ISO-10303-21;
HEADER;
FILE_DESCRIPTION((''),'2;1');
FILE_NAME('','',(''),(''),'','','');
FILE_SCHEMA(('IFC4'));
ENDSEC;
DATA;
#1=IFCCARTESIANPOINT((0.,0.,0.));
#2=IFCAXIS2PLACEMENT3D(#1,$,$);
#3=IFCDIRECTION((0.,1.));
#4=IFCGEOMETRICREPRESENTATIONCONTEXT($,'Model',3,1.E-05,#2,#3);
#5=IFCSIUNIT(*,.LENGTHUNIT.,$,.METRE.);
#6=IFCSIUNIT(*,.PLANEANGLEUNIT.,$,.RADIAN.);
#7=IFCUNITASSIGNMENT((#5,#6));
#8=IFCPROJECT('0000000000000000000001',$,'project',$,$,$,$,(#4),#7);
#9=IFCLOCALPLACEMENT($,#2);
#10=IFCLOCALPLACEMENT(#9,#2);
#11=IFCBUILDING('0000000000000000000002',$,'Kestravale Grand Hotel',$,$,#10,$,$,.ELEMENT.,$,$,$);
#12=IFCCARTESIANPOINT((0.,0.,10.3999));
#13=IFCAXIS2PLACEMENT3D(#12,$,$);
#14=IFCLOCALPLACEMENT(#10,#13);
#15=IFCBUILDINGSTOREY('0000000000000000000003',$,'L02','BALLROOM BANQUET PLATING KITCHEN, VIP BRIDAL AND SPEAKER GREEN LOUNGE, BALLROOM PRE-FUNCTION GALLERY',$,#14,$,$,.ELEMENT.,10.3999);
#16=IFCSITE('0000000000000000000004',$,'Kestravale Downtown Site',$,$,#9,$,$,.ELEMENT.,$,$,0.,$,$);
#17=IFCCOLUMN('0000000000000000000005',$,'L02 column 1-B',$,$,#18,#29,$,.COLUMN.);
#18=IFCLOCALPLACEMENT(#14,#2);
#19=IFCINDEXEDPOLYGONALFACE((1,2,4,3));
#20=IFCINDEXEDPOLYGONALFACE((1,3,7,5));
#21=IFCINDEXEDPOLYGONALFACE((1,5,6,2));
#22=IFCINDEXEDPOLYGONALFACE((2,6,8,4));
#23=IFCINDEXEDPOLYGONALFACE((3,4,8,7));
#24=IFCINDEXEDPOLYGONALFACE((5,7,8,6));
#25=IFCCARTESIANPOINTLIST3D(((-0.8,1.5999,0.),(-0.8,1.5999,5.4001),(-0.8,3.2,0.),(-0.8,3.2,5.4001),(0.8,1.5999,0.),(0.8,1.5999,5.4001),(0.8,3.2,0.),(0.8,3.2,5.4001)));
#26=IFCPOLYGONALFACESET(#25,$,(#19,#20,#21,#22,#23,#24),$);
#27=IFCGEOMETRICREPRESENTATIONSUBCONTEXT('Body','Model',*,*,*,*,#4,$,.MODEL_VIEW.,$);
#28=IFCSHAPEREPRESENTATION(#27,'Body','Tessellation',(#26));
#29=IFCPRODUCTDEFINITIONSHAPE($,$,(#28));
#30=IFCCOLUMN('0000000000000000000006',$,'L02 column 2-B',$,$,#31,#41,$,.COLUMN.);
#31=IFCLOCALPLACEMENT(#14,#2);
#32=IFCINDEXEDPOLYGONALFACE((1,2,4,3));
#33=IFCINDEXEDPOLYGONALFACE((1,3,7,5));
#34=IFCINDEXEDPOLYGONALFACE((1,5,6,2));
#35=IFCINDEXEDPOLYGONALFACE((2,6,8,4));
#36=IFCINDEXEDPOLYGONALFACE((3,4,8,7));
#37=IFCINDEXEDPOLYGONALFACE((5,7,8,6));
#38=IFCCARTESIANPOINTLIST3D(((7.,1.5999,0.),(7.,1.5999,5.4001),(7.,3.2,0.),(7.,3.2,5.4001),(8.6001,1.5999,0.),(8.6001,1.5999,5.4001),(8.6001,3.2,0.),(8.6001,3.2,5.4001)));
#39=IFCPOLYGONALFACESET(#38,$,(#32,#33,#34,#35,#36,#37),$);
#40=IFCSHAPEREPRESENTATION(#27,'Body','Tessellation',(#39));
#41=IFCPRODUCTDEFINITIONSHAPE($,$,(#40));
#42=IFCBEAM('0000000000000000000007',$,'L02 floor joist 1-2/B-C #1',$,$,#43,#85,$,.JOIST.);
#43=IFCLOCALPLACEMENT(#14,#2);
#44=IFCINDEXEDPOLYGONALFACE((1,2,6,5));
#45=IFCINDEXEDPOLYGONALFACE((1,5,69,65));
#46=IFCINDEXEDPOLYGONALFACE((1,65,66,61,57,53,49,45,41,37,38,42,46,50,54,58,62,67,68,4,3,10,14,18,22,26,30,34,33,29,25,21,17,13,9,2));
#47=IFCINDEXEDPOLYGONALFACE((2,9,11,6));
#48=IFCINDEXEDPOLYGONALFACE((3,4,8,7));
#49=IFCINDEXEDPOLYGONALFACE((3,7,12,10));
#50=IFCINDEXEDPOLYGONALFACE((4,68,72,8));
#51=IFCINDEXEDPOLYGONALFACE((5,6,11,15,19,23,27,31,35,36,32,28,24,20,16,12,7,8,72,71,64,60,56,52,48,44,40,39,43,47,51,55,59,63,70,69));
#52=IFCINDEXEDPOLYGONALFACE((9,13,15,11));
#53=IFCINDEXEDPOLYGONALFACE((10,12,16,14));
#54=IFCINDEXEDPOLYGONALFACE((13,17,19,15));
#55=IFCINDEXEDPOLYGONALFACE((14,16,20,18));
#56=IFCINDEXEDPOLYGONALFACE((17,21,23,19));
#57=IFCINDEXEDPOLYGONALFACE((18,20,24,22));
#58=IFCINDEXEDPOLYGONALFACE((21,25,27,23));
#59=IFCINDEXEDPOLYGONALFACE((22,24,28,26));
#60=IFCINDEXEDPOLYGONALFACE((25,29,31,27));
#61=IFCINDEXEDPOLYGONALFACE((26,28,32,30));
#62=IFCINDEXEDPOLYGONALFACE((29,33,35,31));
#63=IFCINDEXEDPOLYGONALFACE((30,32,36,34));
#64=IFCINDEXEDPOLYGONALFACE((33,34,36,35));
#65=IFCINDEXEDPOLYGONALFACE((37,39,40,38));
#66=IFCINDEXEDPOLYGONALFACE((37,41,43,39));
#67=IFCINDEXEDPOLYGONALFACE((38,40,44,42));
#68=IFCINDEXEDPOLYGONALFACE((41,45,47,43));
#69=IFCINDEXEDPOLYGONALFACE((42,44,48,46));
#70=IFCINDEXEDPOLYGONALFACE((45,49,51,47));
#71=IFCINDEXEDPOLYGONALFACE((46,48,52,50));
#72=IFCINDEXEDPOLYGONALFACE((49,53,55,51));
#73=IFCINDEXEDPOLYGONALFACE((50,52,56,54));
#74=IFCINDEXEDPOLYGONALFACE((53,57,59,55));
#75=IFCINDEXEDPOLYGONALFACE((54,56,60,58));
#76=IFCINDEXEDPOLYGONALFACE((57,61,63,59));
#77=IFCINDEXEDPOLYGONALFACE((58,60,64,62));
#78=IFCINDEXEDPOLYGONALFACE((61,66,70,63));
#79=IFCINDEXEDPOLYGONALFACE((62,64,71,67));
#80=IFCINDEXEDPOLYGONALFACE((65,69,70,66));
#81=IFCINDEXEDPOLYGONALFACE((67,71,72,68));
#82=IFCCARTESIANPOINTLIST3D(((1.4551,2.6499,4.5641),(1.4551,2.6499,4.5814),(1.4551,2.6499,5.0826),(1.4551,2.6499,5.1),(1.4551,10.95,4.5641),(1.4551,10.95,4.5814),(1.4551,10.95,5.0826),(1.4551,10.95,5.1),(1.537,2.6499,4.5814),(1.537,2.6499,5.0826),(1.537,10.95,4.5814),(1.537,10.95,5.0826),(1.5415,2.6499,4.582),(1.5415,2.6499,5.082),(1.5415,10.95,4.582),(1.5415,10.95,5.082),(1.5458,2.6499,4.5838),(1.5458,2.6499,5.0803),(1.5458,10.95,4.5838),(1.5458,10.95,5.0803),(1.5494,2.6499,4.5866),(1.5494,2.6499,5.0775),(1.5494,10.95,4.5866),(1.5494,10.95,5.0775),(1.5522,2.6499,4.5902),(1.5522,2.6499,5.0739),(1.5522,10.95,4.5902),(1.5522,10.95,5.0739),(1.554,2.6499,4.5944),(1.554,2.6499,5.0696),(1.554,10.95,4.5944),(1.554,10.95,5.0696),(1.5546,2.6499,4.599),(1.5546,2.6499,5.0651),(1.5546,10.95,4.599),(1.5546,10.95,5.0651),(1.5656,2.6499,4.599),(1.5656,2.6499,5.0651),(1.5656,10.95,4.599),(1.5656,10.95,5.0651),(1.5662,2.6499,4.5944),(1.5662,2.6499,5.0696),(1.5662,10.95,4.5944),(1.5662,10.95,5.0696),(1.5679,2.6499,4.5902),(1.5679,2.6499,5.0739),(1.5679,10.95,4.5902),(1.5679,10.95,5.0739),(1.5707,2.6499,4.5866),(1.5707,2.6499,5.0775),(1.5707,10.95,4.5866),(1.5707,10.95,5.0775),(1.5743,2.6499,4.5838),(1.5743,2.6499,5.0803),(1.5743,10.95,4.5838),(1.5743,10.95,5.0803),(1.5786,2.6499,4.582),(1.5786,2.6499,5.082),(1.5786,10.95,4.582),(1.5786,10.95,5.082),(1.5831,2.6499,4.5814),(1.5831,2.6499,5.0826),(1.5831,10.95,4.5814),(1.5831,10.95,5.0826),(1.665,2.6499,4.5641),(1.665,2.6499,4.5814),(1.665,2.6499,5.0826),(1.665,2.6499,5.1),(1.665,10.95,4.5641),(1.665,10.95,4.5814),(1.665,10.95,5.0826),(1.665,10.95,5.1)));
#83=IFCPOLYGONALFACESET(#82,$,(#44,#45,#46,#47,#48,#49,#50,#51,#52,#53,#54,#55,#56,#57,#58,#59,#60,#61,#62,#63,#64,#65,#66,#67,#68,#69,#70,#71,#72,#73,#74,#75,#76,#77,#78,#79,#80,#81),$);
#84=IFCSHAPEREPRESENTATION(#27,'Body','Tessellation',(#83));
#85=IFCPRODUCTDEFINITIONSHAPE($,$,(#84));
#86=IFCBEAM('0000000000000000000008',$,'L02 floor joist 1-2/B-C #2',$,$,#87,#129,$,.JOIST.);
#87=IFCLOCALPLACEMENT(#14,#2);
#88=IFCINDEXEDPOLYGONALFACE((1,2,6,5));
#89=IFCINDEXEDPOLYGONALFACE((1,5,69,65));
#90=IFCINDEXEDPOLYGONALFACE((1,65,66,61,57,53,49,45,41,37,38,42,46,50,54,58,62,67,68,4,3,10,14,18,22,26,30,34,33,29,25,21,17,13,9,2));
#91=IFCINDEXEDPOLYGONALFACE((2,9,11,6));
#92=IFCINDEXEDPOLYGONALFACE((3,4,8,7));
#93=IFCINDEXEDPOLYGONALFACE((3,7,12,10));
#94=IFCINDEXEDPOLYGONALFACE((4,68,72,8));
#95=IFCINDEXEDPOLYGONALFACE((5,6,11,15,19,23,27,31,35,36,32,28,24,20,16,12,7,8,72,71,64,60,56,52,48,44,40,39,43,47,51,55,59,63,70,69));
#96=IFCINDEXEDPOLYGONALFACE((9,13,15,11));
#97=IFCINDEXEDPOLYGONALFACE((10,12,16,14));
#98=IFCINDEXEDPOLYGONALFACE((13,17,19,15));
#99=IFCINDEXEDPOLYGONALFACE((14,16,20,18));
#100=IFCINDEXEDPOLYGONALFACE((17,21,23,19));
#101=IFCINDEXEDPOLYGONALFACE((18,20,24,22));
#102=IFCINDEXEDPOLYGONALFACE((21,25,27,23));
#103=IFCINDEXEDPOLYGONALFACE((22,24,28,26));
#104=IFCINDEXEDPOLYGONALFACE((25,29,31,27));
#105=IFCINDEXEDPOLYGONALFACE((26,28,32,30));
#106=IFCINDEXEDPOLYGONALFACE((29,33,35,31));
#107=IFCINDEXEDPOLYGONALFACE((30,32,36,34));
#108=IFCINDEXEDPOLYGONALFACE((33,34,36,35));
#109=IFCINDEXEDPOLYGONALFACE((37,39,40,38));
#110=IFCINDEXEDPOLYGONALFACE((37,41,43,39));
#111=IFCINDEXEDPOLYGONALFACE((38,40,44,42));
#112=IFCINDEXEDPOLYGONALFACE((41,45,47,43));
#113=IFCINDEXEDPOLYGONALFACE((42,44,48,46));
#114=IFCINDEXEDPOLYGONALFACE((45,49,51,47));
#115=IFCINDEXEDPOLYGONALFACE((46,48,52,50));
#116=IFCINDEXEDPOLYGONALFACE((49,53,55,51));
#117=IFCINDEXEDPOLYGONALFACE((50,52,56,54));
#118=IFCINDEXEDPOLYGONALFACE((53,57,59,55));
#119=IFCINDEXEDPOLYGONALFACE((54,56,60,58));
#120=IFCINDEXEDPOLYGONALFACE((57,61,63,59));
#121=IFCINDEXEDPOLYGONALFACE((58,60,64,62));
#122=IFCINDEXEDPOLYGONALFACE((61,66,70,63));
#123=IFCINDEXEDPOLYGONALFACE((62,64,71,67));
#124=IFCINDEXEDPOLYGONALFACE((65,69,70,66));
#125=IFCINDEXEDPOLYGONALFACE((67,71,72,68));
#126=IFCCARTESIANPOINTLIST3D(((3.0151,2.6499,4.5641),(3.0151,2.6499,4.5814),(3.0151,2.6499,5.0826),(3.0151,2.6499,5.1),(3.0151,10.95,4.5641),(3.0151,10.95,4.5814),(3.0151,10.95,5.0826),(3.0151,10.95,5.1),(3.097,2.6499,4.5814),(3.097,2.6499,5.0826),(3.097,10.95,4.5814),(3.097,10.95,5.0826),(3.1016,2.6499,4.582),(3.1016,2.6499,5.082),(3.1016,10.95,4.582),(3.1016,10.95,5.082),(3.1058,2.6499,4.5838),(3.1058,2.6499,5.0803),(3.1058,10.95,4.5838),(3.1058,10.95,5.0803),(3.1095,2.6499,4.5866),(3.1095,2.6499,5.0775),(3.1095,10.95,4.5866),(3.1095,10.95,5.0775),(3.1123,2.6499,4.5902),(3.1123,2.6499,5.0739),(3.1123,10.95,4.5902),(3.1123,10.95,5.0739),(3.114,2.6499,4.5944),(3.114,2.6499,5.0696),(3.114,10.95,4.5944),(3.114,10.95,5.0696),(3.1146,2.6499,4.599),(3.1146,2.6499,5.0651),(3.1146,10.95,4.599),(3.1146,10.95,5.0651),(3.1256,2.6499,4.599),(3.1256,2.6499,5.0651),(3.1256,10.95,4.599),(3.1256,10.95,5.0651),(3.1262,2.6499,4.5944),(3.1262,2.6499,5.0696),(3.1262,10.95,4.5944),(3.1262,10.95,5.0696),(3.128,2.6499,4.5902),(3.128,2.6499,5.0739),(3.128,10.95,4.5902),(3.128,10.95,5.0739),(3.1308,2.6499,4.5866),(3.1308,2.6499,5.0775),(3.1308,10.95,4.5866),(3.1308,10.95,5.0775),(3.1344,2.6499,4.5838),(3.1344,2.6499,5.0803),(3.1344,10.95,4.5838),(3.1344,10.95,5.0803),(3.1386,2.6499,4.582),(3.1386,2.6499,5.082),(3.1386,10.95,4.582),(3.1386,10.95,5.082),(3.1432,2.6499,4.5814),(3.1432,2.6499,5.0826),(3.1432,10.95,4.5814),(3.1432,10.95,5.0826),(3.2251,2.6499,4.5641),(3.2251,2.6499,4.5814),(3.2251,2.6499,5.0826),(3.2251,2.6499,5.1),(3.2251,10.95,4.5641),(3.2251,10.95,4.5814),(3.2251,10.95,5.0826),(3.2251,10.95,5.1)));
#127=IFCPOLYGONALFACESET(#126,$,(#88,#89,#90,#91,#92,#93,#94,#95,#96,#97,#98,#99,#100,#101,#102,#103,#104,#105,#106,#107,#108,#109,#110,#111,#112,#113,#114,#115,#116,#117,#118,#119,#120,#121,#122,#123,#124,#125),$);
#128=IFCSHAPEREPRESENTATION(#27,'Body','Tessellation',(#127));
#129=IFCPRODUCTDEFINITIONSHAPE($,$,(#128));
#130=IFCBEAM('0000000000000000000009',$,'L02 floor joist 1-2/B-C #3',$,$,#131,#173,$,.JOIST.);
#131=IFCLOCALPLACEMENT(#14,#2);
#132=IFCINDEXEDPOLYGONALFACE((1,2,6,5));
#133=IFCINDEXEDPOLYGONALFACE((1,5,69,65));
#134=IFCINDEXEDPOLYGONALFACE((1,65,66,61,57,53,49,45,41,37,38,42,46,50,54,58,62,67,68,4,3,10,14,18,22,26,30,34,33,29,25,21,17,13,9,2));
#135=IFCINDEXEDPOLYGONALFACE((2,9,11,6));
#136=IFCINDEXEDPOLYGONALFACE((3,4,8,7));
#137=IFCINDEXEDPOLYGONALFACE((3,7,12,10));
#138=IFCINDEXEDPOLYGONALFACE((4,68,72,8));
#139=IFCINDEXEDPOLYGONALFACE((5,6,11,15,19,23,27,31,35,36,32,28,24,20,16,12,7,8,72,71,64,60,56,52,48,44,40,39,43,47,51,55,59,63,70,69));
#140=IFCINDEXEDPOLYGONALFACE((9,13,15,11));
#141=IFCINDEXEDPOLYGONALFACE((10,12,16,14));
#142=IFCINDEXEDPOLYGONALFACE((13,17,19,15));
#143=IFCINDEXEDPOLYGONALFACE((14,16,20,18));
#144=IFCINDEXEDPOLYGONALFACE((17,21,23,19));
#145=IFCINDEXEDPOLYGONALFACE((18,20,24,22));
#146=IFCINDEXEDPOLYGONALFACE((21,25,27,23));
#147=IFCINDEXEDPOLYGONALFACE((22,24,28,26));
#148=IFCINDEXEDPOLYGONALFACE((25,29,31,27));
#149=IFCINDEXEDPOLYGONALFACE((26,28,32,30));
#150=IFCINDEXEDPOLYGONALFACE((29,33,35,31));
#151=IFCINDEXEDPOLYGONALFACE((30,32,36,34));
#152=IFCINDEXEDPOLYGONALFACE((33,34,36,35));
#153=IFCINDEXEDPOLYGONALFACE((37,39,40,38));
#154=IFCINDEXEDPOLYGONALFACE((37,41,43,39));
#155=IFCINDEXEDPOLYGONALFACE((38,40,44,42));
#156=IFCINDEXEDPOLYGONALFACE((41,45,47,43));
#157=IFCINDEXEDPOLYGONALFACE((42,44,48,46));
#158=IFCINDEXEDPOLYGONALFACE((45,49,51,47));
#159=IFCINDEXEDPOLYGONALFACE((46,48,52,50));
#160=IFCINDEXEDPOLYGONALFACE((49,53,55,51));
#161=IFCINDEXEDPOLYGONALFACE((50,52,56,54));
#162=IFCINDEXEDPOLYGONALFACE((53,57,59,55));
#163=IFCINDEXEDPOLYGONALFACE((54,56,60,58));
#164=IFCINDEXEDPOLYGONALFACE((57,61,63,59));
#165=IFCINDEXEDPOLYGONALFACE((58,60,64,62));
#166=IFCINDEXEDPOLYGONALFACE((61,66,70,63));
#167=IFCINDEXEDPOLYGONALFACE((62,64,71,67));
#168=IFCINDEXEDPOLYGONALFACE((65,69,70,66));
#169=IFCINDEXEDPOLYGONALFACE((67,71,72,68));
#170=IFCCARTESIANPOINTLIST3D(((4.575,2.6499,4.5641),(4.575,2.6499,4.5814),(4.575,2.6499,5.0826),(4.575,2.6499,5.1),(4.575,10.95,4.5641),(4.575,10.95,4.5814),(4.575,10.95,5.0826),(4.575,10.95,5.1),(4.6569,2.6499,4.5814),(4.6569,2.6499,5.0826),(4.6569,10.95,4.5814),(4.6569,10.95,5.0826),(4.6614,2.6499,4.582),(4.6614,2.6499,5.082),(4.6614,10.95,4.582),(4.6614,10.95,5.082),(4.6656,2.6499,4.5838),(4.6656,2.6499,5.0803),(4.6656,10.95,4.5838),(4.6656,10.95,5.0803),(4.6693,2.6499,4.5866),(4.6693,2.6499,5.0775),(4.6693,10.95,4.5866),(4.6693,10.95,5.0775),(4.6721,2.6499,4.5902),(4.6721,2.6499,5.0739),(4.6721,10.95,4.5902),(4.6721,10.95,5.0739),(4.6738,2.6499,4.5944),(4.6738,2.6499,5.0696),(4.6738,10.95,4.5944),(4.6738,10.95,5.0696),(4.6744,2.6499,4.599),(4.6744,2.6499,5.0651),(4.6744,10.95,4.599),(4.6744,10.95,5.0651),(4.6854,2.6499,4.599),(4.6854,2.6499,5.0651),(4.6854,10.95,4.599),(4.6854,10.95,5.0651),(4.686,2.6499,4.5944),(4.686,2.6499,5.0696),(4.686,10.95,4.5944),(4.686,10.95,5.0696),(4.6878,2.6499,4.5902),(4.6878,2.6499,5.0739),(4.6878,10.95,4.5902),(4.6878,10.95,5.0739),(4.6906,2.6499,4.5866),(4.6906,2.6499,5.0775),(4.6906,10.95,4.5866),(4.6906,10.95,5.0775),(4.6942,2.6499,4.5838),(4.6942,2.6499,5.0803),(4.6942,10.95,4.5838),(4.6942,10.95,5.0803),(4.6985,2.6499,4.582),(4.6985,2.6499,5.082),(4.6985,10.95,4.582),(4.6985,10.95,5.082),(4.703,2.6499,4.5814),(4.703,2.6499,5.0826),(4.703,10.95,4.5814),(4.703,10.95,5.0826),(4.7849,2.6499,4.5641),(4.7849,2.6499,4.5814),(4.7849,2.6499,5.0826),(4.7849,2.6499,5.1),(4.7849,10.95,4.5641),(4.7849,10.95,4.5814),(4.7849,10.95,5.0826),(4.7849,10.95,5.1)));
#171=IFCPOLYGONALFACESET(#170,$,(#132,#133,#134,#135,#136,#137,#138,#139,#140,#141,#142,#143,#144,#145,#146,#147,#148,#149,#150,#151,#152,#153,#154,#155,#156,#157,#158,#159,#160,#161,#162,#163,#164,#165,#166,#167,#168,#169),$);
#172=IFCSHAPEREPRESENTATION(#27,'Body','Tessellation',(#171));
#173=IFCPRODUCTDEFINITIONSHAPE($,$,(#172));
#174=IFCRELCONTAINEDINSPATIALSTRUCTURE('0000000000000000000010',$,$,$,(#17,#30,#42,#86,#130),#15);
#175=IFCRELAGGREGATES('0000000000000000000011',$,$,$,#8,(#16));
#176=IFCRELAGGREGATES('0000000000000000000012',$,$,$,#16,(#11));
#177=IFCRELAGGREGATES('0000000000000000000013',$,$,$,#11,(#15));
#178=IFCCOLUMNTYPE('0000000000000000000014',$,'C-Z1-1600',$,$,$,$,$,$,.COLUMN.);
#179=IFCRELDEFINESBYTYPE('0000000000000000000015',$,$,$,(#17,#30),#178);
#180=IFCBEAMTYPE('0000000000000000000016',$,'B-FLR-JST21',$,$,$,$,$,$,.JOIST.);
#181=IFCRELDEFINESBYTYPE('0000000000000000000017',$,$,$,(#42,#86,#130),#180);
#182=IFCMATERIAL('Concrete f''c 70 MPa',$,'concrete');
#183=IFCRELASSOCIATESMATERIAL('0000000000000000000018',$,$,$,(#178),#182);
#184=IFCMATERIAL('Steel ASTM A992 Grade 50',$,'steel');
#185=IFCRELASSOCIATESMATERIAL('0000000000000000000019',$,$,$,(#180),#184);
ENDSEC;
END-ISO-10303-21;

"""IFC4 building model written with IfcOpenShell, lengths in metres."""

from ifc_helpers import new_model, si_unit, direction, frame, origin, origin_2d, place, context, subcontext, project, spatial, rectangle, i_section, extrude, material, material_profile, profile_set, type_object, element, save


model = new_model("IFC4")

# Units and contexts
model_context = context("Model", 3, precision=1e-05, world=origin(), true_north=direction((0.0, 1.0)))
body_context = subcontext(model_context, "Body", "Model", "MODEL_VIEW")
ifc_project = project(units=[si_unit("LENGTHUNIT", "METRE"), si_unit("PLANEANGLEUNIT", "RADIAN")], contexts=[model_context])

# Site, building, storey
site_placement = place(None, origin())
site = spatial("IfcSite", under=ifc_project, at=site_placement, Name="Kestravale Downtown Site", CompositionType="ELEMENT", RefElevation=0.0)
building_placement = place(site_placement, origin())
building = spatial("IfcBuilding", under=site, at=building_placement, Name="Kestravale Grand Hotel", CompositionType="ELEMENT")
storey_placement = place(building_placement, frame((0.0, 0.0, 10.3999)))
storey = spatial("IfcBuildingStorey", under=building, at=storey_placement, Name="L02", Description="BALLROOM BANQUET PLATING KITCHEN, VIP BRIDAL AND SPEAKER GREEN LOUNGE, BALLROOM PRE-FUNCTION GALLERY", CompositionType="ELEMENT", Elevation=10.3999)

# Columns
ifc_material_1 = material(Name="Concrete f'c 70 MPa", Category="concrete")
ifc_material_profile_1 = material_profile(ifc_material_1, rectangle(XDim=1.6001, YDim=1.6001, at=origin_2d()))
ifc_profile_set_1 = profile_set([ifc_material_profile_1], Name="Concrete f'c 70 MPa")
column_type = type_object("IfcColumnType", Name="C-Z1-1600", PredefinedType="COLUMN", material=ifc_profile_set_1)
for number, where, z_axis, x_axis, name in (
    (1, (0.0, 2.3999, 0.0), (0.0, 0.0, 1.0), (1.0, 0.0, 0.0), "L02 column 1-B"),
    (2, (7.8, 2.3999, 0.0), (0.0, 0.0, 1.0), (1.0, 0.0, 0.0), "L02 column 2-B"),
):
    element("IfcColumn", number, at=place(storey_placement, frame(where, z_axis=z_axis, x_axis=x_axis)), inside=storey, type_object=column_type, Name=name, PredefinedType="COLUMN", context=body_context, shape_type="SweptSolid", body=[
        extrude(rectangle(XDim=1.6001, YDim=1.6001, at=origin_2d()), origin(), (0.0, 0.0, 1.0), 5.4001),
    ])

# Beams
ifc_material_2 = material(Name="Steel ASTM A992 Grade 50", Category="steel")
ifc_material_profile_2 = material_profile(ifc_material_2, i_section(OverallWidth=0.21, OverallDepth=0.5359, WebThickness=0.011, FlangeThickness=0.0173, FilletRadius=0.0176, at=origin_2d()))
ifc_profile_set_2 = profile_set([ifc_material_profile_2], Name="Steel ASTM A992 Grade 50")
beam_type_1 = type_object("IfcBeamType", Name="B-FLR-JST21", PredefinedType="JOIST", material=ifc_profile_set_2)
for number, where, z_axis, x_axis, name in (
    (3, (1.5601, 2.6499, 4.832), (0.0, 1.0, 0.0), (-1.0, 0.0, 0.0), "L02 floor joist 1-2/B-C #1"),
    (4, (3.1201, 2.6499, 4.832), (0.0, 1.0, 0.0), (-1.0, 0.0, 0.0), "L02 floor joist 1-2/B-C #2"),
    (5, (4.6799, 2.6499, 4.832), (0.0, 1.0, 0.0), (-1.0, 0.0, 0.0), "L02 floor joist 1-2/B-C #3"),
):
    element("IfcBeam", number, at=place(storey_placement, frame(where, z_axis=z_axis, x_axis=x_axis)), inside=storey, type_object=beam_type_1, Name=name, PredefinedType="JOIST", context=body_context, shape_type="SweptSolid", body=[
        extrude(i_section(OverallWidth=0.21, OverallDepth=0.5359, WebThickness=0.011, FlangeThickness=0.0173, FilletRadius=0.0176, at=origin_2d()), origin(), (0.0, 0.0, 1.0), 8.3),
    ])

save(model, "model.ifc")
